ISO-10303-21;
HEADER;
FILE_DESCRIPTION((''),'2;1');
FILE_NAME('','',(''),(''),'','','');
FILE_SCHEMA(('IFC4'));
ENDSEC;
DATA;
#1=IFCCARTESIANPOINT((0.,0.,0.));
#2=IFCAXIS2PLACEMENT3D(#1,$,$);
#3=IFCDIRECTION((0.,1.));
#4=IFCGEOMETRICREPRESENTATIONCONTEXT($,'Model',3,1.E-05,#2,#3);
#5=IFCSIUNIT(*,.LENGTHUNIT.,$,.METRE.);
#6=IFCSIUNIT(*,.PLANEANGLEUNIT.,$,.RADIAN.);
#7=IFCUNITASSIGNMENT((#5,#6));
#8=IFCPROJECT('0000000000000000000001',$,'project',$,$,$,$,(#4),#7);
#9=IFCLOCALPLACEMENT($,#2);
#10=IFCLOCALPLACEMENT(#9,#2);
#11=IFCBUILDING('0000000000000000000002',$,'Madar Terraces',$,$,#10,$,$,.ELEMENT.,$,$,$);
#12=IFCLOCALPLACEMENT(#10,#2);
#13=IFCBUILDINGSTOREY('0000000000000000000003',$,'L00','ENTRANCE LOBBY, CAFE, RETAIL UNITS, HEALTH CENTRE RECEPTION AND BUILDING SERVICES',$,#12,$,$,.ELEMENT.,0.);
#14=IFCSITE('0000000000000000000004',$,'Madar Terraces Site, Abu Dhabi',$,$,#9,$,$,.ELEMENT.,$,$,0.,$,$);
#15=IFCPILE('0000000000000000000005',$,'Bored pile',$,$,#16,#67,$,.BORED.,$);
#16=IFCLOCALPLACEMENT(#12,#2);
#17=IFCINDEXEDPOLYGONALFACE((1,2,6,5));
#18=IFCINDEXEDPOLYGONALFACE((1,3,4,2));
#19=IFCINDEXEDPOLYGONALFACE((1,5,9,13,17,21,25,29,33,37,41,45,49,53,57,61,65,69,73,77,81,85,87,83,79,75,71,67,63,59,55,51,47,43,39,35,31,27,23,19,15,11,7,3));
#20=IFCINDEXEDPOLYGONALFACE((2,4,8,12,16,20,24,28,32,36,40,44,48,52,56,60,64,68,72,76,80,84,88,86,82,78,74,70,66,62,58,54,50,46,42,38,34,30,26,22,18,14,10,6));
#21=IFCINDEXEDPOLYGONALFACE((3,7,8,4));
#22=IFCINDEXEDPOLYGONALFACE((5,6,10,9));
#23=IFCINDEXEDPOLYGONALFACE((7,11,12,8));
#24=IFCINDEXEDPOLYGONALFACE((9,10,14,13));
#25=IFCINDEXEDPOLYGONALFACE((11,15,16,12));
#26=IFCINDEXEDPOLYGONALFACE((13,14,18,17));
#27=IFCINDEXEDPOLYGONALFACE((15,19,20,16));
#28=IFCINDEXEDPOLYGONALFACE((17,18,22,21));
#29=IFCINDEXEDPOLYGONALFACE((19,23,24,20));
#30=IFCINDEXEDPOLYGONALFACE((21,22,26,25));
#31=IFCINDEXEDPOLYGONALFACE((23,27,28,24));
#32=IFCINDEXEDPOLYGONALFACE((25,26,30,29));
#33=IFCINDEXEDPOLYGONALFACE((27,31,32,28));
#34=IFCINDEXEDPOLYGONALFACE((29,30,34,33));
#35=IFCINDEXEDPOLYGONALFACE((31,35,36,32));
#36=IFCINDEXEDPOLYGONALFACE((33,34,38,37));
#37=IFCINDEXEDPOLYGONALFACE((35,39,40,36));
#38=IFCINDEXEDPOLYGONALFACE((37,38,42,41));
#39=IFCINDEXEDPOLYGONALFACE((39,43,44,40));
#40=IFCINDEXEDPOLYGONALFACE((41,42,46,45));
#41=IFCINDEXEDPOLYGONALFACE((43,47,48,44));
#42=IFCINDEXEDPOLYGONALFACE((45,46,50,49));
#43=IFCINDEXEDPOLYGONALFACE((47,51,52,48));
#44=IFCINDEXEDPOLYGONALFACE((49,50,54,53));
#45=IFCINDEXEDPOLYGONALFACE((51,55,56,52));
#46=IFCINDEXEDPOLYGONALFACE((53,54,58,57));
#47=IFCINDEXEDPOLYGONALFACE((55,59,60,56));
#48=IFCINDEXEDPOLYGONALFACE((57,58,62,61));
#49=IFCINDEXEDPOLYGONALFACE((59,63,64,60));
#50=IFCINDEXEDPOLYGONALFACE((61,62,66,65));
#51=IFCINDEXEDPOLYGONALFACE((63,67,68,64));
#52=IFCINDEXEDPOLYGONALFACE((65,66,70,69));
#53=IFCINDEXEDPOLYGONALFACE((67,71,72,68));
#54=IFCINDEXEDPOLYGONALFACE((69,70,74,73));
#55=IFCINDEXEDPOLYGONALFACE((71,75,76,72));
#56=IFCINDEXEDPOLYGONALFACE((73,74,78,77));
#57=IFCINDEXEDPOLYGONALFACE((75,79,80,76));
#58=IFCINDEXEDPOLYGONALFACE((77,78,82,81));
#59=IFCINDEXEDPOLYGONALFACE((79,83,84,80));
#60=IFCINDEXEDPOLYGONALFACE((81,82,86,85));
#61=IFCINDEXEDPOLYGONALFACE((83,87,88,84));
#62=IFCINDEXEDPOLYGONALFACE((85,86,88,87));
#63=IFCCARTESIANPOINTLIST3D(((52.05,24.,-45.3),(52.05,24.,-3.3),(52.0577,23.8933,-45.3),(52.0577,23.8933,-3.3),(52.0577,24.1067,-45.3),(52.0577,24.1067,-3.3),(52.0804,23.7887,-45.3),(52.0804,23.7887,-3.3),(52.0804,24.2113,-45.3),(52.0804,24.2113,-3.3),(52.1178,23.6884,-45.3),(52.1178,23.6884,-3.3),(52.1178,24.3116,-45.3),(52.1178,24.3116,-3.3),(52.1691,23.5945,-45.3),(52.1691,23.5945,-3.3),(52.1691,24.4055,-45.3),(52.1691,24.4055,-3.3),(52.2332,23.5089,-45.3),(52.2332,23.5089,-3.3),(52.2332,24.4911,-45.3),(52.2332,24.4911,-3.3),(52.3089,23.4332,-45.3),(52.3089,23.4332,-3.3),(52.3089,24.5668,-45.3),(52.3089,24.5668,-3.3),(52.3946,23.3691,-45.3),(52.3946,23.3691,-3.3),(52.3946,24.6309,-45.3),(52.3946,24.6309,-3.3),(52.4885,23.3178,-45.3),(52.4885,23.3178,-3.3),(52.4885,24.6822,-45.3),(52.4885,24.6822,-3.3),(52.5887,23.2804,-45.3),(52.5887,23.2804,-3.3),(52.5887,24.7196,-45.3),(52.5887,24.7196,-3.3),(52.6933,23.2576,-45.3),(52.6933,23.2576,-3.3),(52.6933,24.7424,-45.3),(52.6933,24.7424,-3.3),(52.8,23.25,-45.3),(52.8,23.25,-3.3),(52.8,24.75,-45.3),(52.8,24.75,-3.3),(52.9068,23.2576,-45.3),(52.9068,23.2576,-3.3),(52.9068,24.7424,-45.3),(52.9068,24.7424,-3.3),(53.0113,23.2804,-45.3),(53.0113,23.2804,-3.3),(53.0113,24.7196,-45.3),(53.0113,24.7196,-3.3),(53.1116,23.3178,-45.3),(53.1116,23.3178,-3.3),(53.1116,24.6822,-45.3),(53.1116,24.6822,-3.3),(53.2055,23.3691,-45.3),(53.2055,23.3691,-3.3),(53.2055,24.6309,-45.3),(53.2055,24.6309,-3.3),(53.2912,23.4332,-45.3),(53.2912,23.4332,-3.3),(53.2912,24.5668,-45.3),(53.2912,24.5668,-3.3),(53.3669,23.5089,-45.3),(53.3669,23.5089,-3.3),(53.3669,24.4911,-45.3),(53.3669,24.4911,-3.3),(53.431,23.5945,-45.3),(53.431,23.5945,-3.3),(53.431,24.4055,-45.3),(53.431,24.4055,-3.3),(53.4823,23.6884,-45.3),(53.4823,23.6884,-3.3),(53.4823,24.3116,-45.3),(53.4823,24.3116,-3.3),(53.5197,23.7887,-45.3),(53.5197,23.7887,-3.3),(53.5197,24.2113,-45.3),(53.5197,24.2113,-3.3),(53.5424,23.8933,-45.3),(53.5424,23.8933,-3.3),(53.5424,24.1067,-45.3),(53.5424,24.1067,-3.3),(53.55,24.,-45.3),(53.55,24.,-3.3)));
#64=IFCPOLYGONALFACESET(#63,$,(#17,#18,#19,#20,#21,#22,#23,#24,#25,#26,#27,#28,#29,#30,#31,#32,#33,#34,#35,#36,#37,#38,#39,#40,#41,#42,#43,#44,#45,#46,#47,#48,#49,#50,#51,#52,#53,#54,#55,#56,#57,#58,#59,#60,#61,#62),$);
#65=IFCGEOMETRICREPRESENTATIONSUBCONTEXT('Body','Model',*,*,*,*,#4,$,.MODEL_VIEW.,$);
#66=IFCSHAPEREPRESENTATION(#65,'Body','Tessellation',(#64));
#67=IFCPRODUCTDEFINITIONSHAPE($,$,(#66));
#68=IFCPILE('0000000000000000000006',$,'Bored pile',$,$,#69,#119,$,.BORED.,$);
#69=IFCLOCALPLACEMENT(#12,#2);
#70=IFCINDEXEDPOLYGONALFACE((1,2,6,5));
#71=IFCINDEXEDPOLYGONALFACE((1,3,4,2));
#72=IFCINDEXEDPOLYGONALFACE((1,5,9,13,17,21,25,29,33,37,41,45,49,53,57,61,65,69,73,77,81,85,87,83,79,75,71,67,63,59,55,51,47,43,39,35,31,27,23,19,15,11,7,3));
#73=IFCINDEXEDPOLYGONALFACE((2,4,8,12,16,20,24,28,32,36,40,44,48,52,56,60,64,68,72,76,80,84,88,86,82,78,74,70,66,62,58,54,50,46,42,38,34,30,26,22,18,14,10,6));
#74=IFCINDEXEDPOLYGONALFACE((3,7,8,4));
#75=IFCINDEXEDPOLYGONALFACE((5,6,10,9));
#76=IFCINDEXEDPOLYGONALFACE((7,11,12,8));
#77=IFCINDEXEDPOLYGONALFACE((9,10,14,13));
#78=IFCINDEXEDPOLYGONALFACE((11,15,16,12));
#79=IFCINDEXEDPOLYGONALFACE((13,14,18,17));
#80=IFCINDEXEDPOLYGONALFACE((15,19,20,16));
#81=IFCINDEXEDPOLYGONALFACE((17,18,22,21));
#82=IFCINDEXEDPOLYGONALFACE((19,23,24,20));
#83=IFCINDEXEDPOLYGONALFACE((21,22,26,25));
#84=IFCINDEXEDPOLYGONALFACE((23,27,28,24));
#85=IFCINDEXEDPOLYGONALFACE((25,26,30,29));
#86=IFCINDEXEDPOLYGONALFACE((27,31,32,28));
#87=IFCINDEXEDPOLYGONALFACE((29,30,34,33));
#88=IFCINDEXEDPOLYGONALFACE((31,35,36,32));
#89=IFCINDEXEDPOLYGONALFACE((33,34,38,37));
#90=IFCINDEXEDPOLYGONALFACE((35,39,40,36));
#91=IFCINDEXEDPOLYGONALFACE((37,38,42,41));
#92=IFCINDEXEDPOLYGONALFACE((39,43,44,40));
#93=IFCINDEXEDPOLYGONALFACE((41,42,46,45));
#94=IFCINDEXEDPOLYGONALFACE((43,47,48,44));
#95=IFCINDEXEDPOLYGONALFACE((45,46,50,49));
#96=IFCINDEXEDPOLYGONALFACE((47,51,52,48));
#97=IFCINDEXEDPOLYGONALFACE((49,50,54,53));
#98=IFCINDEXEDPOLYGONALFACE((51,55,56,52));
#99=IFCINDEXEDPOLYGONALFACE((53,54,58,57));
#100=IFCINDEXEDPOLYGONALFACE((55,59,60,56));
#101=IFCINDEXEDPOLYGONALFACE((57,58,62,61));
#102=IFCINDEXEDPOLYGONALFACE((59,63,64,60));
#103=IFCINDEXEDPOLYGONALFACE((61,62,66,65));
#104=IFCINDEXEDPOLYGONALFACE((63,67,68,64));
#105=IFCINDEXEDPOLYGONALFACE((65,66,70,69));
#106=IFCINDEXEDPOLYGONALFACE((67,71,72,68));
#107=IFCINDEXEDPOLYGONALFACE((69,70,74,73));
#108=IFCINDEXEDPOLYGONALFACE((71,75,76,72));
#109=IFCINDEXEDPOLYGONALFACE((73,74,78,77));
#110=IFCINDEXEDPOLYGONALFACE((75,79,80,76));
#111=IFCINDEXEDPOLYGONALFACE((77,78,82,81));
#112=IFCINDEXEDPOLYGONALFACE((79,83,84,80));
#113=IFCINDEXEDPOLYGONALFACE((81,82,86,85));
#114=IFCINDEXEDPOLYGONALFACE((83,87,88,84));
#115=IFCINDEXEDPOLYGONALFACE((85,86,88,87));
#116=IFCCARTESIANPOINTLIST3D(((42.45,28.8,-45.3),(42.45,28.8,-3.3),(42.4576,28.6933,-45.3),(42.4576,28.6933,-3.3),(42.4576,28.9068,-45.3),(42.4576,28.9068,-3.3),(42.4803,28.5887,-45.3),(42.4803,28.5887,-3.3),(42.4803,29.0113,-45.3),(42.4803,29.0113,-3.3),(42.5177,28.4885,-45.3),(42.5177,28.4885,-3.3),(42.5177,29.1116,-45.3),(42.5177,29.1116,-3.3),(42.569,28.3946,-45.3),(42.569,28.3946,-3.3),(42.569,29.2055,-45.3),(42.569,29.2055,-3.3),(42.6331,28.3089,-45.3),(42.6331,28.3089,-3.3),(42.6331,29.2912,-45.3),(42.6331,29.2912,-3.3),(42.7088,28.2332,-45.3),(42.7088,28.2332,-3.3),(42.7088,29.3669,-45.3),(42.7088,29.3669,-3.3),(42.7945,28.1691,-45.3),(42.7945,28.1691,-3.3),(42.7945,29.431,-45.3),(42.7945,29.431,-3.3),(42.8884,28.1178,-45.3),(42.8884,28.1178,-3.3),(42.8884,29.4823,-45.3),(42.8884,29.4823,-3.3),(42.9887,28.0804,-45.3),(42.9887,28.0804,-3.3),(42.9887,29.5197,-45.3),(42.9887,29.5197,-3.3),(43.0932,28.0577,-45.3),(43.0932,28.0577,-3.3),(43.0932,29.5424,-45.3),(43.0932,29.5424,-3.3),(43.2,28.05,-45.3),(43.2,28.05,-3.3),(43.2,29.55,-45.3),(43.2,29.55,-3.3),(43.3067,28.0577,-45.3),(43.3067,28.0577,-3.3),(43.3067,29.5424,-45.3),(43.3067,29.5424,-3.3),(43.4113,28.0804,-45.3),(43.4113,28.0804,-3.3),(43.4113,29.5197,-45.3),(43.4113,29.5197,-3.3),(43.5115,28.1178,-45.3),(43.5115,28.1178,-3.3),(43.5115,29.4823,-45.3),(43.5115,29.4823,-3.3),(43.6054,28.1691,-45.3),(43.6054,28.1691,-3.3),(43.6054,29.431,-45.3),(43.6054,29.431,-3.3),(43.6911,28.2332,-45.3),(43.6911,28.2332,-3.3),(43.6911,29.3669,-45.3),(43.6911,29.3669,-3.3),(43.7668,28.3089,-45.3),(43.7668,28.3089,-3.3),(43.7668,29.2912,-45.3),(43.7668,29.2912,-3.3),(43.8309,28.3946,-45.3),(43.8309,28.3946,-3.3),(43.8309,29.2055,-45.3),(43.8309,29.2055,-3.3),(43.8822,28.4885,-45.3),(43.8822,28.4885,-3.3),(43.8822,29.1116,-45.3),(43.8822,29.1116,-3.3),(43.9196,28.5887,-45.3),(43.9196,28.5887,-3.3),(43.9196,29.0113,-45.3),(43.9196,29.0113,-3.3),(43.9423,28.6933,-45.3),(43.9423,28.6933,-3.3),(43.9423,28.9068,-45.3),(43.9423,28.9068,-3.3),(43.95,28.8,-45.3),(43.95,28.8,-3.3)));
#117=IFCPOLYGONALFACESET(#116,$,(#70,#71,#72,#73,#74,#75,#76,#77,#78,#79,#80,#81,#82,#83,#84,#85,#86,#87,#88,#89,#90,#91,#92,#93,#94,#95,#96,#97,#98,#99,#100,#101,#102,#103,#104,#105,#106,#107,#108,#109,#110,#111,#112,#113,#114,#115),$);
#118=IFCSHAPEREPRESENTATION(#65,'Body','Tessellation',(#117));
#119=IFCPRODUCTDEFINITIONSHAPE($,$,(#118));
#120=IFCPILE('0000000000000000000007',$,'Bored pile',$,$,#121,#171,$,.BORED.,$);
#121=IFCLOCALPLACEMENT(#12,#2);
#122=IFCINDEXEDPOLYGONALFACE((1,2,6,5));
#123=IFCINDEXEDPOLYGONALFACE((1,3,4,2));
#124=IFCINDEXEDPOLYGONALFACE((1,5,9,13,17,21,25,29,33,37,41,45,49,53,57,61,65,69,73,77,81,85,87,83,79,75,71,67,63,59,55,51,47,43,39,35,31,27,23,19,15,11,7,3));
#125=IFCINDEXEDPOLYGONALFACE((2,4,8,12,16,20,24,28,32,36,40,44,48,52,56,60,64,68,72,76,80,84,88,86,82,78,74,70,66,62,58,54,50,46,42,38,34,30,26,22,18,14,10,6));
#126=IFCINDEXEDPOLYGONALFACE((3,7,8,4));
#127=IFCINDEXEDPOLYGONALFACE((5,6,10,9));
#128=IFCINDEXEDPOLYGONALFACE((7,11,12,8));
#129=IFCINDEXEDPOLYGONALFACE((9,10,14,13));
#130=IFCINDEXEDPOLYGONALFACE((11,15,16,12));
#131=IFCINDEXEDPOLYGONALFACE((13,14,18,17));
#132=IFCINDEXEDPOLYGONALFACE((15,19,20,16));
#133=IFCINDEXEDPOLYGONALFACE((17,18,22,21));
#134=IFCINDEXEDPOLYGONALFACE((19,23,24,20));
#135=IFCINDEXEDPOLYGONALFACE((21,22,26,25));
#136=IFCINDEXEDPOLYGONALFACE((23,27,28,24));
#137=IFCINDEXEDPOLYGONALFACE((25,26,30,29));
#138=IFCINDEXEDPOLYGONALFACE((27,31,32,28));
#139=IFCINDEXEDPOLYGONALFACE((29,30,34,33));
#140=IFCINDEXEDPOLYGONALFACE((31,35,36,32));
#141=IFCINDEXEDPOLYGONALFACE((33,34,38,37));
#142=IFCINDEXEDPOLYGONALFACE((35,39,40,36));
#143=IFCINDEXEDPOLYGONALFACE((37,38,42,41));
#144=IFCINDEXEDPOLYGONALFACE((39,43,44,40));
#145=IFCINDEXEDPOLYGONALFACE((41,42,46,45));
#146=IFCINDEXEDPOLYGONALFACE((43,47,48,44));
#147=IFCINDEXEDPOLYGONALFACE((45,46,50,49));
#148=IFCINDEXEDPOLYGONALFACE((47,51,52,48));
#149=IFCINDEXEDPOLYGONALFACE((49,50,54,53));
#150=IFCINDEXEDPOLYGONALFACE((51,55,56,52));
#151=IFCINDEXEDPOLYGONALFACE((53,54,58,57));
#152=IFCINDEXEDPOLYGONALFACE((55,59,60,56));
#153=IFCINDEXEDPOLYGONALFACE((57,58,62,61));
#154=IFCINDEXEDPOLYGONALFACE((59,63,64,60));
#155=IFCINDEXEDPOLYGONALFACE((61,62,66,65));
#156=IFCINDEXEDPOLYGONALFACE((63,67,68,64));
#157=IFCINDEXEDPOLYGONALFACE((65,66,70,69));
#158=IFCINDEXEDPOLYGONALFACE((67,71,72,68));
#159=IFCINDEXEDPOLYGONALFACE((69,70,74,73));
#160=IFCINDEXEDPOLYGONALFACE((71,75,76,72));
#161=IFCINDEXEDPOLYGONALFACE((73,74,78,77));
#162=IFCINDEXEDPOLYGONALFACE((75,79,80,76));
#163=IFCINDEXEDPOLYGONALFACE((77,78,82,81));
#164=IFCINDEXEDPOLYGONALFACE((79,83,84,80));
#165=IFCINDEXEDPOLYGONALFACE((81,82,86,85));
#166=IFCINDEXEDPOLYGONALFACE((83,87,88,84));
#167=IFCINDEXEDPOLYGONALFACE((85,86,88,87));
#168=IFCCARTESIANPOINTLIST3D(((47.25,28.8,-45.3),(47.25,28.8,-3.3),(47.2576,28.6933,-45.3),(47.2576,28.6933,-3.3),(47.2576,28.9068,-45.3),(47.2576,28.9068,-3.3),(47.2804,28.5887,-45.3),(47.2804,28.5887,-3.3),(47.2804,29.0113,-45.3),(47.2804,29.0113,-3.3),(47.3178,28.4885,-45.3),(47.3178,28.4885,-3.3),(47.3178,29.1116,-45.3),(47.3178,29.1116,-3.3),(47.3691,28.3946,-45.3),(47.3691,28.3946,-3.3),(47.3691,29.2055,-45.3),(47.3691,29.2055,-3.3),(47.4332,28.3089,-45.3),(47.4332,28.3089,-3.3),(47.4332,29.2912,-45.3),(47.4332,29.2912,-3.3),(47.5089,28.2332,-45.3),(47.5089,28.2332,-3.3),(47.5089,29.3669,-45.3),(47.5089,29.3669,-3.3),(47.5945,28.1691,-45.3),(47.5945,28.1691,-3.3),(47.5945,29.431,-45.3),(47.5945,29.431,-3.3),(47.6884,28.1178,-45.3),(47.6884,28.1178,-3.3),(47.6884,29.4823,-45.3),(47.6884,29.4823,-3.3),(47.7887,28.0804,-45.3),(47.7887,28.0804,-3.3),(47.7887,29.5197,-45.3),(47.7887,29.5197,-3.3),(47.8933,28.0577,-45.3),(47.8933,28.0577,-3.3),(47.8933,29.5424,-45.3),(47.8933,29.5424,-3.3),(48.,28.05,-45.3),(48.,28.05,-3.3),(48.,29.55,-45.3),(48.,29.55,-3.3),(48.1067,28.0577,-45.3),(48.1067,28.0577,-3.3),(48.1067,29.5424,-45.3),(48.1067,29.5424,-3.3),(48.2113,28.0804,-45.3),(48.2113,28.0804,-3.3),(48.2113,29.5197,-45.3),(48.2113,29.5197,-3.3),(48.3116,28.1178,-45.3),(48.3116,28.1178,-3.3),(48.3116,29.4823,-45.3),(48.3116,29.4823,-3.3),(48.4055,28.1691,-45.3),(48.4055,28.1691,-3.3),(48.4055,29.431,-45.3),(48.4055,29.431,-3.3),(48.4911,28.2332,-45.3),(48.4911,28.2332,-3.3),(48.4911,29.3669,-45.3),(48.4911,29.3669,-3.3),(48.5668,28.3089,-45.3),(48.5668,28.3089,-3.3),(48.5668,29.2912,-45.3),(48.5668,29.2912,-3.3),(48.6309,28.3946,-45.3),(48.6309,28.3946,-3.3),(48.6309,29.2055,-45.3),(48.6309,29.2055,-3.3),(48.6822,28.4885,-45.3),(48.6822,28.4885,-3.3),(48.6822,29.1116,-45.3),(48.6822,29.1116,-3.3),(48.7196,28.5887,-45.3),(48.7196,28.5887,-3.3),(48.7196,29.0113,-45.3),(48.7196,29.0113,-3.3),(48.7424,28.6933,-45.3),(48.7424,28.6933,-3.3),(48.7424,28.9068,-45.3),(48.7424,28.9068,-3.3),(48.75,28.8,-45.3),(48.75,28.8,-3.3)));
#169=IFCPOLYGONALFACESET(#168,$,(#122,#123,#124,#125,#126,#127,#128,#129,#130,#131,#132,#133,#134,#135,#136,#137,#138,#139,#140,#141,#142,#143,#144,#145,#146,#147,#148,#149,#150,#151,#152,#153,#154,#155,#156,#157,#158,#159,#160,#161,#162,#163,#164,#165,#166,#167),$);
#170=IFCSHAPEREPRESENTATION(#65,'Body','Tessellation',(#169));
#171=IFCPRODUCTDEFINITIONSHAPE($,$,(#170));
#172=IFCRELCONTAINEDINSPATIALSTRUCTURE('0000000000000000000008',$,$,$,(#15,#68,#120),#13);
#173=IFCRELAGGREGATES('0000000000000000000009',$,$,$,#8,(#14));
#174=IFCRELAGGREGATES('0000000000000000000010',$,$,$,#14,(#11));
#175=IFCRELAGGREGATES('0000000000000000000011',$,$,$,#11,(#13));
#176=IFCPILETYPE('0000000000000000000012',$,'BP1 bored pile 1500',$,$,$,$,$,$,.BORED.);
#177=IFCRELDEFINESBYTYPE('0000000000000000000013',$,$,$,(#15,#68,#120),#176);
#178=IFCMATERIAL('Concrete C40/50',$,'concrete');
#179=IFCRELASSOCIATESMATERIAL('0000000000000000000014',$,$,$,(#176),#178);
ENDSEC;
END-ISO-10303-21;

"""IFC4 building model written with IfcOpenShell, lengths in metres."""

from ifc_helpers import new_model, si_unit, direction, frame, origin, origin_2d, place, context, subcontext, project, spatial, circle, extrude, material, material_profile, profile_set, type_object, element, save


model = new_model("IFC4")

# Units and contexts
model_context = context("Model", 3, precision=1e-05, world=origin(), true_north=direction((0.0, 1.0)))
body_context = subcontext(model_context, "Body", "Model", "MODEL_VIEW")
ifc_project = project(units=[si_unit("LENGTHUNIT", "METRE"), si_unit("PLANEANGLEUNIT", "RADIAN")], contexts=[model_context])

# Site, building, storey
site_placement = place(None, origin())
site = spatial("IfcSite", under=ifc_project, at=site_placement, Name="Madar Terraces Site, Abu Dhabi", CompositionType="ELEMENT", RefElevation=0.0)
building_placement = place(site_placement, origin())
building = spatial("IfcBuilding", under=site, at=building_placement, Name="Madar Terraces", CompositionType="ELEMENT")
storey_placement = place(building_placement, origin())
storey = spatial("IfcBuildingStorey", under=building, at=storey_placement, Name="L00", Description="ENTRANCE LOBBY, CAFE, RETAIL UNITS, HEALTH CENTRE RECEPTION AND BUILDING SERVICES", CompositionType="ELEMENT", Elevation=0.0)

# Piles
ifc_material_1 = material(Name="Concrete C40/50", Category="concrete")
ifc_material_profile = material_profile(ifc_material_1, circle(Radius=0.75, at=origin_2d()), Name="BP1 bored pile 1500")
ifc_profile_set = profile_set([ifc_material_profile], Name="Concrete C40/50")
pile_type = type_object("IfcPileType", Name="BP1 bored pile 1500", PredefinedType="BORED", material=ifc_profile_set)
for number, where, z_axis, x_axis, name in (
    (1, (52.8, 24.0, -3.3), (0.0, 0.0, -1.0), (1.0, 0.0, 0.0), "Bored pile"),
    (2, (43.2, 28.8, -3.3), (0.0, 0.0, -1.0), (1.0, 0.0, 0.0), "Bored pile"),
    (3, (48.0, 28.8, -3.3), (0.0, 0.0, -1.0), (1.0, 0.0, 0.0), "Bored pile"),
):
    element("IfcPile", number, at=place(storey_placement, frame(where, z_axis=z_axis, x_axis=x_axis)), inside=storey, type_object=pile_type, Name=name, PredefinedType="BORED", context=body_context, shape_type="SweptSolid", body=[
        extrude(circle(Radius=0.75, at=origin_2d()), origin(), (0.0, 0.0, 1.0), 42.0),
    ])

save(model, "model.ifc")
